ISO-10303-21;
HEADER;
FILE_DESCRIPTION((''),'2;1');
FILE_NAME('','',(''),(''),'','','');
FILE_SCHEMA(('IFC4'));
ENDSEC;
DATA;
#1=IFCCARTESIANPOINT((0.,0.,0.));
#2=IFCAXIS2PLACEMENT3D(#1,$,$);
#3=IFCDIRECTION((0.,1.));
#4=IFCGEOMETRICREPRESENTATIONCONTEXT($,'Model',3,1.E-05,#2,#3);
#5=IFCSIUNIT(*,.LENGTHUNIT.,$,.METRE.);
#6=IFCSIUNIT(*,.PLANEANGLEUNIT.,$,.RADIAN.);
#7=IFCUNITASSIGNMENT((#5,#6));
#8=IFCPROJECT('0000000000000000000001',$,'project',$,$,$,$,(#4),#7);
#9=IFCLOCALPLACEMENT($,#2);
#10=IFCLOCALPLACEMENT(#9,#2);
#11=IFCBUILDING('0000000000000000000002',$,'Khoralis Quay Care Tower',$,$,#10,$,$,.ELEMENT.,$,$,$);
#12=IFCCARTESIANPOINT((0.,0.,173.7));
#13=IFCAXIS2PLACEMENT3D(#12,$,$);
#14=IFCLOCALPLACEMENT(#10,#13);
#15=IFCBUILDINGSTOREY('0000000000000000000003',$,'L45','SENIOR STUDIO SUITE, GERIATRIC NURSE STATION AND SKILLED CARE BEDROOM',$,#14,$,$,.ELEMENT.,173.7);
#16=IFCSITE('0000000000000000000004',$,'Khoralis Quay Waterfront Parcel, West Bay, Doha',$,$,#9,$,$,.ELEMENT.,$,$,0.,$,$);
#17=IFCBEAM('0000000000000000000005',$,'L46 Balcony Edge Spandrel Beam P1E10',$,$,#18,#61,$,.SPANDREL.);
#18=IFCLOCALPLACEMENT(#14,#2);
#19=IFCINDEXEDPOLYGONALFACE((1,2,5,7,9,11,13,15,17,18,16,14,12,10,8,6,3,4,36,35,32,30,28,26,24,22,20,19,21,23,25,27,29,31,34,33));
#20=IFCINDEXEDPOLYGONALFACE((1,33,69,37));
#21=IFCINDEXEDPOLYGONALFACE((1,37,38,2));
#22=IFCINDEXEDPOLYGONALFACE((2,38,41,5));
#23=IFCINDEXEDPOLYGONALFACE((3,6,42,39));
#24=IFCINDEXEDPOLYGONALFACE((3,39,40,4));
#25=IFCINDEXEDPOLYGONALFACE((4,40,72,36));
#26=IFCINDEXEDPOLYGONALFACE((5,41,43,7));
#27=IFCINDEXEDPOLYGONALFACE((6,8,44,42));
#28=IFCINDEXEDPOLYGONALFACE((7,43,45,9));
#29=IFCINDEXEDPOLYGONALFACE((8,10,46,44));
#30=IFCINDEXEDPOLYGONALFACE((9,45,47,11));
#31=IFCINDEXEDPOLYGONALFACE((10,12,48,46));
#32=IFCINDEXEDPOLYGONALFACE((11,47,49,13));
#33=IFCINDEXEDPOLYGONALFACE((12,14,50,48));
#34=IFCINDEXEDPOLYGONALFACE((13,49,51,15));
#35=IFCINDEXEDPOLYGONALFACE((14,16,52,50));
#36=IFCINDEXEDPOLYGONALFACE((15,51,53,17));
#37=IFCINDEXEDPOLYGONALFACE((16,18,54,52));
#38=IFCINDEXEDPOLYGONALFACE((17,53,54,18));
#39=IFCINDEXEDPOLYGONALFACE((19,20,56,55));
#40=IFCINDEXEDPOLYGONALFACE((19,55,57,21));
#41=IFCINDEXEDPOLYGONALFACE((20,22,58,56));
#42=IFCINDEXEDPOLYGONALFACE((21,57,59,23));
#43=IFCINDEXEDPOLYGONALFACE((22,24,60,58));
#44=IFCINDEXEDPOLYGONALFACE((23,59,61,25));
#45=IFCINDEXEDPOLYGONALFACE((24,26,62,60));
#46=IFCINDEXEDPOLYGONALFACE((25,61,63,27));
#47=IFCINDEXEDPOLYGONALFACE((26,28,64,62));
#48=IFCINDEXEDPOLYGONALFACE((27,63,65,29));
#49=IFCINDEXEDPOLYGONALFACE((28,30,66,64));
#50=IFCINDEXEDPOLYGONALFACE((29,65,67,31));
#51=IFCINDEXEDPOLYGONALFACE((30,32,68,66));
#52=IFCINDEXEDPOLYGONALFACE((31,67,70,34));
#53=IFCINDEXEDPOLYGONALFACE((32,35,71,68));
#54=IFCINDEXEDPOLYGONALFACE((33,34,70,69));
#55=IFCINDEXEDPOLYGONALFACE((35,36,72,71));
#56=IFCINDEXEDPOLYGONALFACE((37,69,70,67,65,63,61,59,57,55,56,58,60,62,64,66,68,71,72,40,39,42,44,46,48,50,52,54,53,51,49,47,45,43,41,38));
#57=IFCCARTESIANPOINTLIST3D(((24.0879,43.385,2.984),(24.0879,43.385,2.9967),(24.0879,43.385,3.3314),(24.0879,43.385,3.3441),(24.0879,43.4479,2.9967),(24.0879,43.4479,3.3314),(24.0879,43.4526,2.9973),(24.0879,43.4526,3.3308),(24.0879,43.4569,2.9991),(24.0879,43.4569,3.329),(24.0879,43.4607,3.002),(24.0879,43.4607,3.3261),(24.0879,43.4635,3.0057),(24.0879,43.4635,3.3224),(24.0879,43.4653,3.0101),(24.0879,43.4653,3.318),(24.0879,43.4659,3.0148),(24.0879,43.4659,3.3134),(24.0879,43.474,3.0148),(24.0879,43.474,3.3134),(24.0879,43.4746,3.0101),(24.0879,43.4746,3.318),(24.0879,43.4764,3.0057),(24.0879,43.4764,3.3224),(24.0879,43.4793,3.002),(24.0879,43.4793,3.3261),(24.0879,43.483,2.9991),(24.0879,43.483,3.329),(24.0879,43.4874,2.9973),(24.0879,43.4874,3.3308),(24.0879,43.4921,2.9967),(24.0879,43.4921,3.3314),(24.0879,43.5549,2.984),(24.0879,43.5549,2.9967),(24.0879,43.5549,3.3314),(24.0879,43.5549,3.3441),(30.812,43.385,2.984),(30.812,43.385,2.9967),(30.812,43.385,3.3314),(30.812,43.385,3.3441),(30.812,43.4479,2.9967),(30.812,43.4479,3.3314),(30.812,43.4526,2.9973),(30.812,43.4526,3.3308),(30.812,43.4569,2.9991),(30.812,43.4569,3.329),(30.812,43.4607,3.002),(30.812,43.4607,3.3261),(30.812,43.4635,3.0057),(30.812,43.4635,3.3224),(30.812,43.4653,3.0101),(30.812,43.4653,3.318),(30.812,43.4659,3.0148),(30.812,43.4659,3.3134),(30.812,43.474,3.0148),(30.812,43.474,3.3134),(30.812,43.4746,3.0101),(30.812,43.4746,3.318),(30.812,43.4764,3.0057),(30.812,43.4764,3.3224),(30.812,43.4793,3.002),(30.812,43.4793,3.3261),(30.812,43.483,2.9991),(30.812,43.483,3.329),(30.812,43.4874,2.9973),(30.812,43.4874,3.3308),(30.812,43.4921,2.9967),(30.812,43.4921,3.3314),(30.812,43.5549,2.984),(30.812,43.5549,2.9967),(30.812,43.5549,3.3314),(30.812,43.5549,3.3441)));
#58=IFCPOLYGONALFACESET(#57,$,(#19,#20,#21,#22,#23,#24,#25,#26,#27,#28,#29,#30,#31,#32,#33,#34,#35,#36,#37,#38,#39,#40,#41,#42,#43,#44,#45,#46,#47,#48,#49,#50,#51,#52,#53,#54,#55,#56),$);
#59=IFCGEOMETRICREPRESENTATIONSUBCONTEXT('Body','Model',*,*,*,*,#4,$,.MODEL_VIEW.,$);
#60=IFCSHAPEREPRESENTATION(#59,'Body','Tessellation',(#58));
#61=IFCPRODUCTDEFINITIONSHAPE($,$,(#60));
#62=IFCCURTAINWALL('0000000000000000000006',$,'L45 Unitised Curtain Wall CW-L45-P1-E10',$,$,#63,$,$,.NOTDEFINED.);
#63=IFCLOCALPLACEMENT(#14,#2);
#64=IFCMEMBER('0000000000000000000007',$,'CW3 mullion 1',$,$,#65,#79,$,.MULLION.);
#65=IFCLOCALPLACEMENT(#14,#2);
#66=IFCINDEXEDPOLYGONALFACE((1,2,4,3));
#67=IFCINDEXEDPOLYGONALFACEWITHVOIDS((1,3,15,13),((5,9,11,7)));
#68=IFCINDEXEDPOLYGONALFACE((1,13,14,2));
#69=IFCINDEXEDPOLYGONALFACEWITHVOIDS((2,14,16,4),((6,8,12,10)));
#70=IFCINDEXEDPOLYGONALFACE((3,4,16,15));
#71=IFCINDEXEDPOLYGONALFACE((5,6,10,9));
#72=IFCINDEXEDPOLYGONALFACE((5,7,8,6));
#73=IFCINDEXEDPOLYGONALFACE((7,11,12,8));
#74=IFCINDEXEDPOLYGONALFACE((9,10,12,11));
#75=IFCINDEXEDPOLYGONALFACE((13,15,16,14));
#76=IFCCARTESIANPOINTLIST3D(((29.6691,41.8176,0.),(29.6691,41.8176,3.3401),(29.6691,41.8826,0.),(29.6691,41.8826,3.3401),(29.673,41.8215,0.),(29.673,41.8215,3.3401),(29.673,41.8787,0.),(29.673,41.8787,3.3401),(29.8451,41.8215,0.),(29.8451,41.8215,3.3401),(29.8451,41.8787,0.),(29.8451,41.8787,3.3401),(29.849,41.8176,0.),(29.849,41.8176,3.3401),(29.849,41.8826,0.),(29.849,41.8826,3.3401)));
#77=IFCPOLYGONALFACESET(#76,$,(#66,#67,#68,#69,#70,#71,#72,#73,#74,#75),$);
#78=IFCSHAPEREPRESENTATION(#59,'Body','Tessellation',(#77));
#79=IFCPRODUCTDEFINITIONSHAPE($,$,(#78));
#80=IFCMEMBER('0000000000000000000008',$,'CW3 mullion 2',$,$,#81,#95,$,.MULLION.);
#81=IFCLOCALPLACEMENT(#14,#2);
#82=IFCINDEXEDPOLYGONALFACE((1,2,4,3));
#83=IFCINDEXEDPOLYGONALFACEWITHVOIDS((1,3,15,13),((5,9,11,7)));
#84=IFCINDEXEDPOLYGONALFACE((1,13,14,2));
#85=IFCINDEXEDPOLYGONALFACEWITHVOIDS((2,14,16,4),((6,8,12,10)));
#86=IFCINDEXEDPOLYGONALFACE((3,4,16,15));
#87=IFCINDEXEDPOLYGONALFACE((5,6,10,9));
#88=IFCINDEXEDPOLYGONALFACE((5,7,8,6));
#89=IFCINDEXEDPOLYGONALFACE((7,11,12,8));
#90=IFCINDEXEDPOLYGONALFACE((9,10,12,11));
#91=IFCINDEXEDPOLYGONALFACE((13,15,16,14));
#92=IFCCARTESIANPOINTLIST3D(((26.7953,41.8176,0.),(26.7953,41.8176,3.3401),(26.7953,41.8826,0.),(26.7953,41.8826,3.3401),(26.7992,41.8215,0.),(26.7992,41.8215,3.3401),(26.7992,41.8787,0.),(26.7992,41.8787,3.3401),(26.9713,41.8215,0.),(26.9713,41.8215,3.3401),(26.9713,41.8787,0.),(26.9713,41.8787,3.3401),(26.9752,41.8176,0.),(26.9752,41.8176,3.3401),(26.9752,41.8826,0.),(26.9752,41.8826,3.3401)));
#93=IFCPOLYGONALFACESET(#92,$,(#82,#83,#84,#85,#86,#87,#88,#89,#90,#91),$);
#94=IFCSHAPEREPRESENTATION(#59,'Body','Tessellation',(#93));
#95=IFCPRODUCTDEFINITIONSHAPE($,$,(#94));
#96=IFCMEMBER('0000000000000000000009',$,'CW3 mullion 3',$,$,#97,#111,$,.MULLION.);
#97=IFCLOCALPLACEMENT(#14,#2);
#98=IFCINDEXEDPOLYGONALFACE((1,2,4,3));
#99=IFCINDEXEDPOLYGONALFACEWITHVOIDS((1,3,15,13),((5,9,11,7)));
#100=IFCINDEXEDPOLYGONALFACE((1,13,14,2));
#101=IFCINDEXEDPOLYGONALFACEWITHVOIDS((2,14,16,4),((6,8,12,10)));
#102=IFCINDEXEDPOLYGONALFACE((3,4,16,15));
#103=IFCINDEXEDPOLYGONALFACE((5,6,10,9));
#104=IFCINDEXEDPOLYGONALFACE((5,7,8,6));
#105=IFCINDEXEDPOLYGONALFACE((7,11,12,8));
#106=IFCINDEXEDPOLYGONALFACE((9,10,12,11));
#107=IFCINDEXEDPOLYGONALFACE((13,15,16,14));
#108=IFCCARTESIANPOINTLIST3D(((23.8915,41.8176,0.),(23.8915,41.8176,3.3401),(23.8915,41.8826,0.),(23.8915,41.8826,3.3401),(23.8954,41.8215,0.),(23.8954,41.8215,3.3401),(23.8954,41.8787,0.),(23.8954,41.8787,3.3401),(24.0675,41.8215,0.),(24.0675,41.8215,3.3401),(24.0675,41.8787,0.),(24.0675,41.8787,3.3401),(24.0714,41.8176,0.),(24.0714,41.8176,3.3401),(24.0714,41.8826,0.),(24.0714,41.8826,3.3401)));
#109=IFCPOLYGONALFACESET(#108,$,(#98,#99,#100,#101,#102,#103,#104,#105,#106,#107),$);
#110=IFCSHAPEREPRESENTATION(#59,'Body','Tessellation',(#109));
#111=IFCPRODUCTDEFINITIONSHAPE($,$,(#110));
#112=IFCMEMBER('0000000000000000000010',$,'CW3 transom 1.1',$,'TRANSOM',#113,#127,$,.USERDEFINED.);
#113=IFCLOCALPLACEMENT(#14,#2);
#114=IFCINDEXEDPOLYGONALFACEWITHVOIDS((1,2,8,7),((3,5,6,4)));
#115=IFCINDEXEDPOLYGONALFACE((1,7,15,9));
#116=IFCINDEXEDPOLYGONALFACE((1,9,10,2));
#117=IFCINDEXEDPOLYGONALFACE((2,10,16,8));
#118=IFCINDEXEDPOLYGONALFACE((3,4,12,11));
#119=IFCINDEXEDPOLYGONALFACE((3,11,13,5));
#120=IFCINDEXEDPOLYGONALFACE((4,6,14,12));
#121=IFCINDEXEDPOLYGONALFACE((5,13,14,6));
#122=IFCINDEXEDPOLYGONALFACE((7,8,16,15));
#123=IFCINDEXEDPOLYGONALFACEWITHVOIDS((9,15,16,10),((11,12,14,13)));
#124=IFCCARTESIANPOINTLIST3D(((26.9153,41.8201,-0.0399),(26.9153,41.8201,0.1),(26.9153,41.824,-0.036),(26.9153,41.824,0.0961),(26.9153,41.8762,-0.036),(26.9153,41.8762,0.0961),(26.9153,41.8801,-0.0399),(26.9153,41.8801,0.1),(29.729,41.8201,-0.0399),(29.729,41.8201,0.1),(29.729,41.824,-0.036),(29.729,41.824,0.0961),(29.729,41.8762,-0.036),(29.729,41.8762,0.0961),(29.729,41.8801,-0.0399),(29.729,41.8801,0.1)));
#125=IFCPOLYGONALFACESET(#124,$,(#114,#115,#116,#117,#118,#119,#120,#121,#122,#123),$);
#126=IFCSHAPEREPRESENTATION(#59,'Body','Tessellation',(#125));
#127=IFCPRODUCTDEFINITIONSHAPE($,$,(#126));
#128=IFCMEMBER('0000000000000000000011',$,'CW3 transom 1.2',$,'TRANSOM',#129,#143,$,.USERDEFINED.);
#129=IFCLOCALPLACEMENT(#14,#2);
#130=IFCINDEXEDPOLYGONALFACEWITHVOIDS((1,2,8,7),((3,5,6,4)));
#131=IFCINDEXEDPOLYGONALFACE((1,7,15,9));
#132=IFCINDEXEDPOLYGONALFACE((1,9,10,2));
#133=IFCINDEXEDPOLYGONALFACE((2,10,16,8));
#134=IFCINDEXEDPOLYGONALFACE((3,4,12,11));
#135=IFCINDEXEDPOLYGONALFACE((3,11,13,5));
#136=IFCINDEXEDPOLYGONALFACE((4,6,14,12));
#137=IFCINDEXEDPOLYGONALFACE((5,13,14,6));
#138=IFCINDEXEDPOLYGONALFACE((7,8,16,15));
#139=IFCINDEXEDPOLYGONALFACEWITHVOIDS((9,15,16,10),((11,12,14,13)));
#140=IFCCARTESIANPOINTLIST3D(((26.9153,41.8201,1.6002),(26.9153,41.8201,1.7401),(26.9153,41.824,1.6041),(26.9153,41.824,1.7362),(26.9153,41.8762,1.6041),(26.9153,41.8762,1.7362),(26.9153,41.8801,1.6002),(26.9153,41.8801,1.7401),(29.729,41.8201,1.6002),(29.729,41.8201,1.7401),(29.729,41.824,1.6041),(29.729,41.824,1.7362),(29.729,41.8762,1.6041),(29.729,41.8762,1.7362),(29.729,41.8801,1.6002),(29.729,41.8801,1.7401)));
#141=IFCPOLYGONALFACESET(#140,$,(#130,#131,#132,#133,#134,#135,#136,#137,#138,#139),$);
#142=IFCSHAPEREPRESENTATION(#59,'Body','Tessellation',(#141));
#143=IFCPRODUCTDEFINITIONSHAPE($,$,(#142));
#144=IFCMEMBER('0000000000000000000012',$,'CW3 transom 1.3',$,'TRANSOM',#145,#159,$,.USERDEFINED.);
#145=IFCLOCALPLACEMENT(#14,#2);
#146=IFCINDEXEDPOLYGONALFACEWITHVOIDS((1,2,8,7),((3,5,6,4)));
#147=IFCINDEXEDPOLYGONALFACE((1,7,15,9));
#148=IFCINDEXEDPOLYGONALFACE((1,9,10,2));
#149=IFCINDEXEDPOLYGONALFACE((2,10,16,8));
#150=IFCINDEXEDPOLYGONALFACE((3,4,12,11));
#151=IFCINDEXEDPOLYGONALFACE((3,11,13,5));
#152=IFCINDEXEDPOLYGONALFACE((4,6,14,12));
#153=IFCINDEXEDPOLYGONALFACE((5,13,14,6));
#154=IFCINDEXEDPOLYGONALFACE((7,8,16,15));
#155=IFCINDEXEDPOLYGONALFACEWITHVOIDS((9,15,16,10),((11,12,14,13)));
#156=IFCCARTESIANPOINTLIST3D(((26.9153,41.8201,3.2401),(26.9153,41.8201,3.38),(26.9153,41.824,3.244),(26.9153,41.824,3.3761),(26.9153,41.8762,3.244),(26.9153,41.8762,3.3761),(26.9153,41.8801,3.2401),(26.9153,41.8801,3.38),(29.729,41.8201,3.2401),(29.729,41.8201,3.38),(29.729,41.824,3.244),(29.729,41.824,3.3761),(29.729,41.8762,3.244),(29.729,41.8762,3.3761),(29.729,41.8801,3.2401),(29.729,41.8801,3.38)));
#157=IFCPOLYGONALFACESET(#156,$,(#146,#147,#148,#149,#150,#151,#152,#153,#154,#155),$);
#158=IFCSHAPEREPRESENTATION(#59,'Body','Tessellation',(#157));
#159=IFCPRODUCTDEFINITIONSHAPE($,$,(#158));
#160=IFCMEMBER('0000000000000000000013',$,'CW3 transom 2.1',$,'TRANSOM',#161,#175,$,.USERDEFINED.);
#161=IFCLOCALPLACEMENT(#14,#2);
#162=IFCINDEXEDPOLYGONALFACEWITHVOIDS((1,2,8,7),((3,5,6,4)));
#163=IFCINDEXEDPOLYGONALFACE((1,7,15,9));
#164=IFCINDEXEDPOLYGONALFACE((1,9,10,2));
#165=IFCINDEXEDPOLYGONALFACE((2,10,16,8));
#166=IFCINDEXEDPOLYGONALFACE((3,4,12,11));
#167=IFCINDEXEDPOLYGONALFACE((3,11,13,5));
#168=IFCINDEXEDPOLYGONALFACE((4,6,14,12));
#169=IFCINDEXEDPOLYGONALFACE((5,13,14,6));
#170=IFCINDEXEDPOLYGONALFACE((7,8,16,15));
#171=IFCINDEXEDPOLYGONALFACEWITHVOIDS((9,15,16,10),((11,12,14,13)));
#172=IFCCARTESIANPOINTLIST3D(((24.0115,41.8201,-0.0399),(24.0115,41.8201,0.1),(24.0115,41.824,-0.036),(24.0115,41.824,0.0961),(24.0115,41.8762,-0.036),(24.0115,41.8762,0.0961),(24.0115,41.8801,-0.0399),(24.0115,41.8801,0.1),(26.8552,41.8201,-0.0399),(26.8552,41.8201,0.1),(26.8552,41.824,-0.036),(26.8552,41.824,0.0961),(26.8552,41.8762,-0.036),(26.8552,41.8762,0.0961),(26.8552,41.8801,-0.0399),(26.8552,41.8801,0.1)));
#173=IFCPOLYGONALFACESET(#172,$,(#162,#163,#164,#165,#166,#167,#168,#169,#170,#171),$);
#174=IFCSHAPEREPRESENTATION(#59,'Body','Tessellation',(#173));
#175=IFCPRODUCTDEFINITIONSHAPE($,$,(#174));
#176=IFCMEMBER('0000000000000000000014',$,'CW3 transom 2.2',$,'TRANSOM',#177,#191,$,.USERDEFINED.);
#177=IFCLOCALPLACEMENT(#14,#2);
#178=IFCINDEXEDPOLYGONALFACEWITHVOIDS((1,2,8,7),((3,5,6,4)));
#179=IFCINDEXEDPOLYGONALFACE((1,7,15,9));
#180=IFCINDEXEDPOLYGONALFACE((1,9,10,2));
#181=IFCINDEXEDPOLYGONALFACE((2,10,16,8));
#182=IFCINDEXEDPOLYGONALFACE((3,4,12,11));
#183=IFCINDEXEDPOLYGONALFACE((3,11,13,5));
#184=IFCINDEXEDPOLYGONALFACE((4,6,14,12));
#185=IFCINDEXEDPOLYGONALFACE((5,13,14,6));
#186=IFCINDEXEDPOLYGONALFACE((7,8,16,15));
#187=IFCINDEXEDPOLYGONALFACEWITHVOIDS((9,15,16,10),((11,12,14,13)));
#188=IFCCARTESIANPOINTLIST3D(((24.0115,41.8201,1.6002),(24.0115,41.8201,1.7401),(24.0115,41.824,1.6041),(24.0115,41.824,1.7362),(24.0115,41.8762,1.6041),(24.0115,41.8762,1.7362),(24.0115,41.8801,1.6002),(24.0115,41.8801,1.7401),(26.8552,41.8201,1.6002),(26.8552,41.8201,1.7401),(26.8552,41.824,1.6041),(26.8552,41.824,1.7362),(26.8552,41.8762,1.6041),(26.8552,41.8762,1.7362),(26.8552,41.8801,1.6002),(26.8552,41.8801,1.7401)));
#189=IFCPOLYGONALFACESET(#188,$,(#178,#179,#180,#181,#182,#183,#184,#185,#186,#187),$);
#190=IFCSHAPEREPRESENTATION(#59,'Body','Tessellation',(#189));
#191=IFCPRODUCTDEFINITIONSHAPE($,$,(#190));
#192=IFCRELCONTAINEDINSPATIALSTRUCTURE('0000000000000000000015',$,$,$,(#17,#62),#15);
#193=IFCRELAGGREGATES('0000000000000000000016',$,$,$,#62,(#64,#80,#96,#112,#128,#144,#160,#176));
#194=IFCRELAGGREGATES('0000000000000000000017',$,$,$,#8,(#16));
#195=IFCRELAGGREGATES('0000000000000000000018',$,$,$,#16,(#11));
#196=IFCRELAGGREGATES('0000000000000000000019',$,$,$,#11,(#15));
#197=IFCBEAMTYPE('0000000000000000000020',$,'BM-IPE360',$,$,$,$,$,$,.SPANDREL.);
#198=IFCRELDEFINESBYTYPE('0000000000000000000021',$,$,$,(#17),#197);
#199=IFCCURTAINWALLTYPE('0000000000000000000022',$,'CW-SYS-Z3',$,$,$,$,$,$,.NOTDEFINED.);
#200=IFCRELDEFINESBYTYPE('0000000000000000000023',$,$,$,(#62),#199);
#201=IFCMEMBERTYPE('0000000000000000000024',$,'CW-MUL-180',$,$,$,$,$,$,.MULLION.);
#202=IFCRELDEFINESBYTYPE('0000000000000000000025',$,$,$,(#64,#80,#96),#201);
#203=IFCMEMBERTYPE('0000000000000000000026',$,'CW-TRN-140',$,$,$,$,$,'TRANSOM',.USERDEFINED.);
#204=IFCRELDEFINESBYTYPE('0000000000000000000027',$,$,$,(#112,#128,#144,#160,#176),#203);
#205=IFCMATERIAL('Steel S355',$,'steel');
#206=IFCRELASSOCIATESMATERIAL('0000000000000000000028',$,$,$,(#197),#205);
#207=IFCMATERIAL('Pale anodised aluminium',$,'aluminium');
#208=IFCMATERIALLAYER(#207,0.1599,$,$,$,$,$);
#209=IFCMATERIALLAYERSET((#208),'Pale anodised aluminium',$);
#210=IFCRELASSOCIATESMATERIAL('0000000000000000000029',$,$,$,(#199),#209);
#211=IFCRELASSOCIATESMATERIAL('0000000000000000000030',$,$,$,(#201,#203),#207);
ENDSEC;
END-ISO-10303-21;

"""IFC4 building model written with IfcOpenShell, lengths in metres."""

from ifc_helpers import new_model, si_unit, direction, frame, origin, origin_2d, place, context, subcontext, project, spatial, hollow_rectangle, i_section, extrude, source, transform, mapped, material, layer, layer_set, material_profile, profile_set, type_object, element, aggregate, save


model = new_model("IFC4")

# Units and contexts
model_context = context("Model", 3, precision=1e-05, world=origin(), true_north=direction((0.0, 1.0)))
body_context = subcontext(model_context, "Body", "Model", "MODEL_VIEW")
ifc_project = project(units=[si_unit("LENGTHUNIT", "METRE"), si_unit("PLANEANGLEUNIT", "RADIAN")], contexts=[model_context])

# Site, building, storey
site_placement = place(None, origin())
site = spatial("IfcSite", under=ifc_project, at=site_placement, Name="Khoralis Quay Waterfront Parcel, West Bay, Doha", CompositionType="ELEMENT", RefElevation=0.0)
building_placement = place(site_placement, origin())
building = spatial("IfcBuilding", under=site, at=building_placement, Name="Khoralis Quay Care Tower", CompositionType="ELEMENT")
storey_placement = place(building_placement, frame((0.0, 0.0, 173.7)))
storey = spatial("IfcBuildingStorey", under=building, at=storey_placement, Name="L45", Description="SENIOR STUDIO SUITE, GERIATRIC NURSE STATION AND SKILLED CARE BEDROOM", CompositionType="ELEMENT", Elevation=173.7)

# Beam
ifc_material_1 = material(Name="Steel S355", Category="steel")
ifc_material_profile_1 = material_profile(ifc_material_1, i_section(OverallWidth=0.1699, OverallDepth=0.3601, WebThickness=0.0081, FlangeThickness=0.0127, FilletRadius=0.0181, at=origin_2d()), Name="Steel S355")
ifc_profile_set_1 = profile_set([ifc_material_profile_1], Name="Steel S355")
beam_type = type_object("IfcBeamType", Name="BM-IPE360", PredefinedType="SPANDREL", material=ifc_profile_set_1)
shared_shape_1 = source(origin(), body_context, "Body", "SweptSolid", [
    extrude(i_section(OverallWidth=0.1699, OverallDepth=0.3601, WebThickness=0.0081, FlangeThickness=0.0127, FilletRadius=0.0181, at=origin_2d()), origin(), (0.0, 0.0, 1.0), 6.7241),
])
beam_placement = place(storey_placement, frame((24.0879, 43.47, 3.1641), z_axis=(1.0, 0.0, 0.0), x_axis=(0.0, 1.0, 0.0)))
element("IfcBeam", 1, at=beam_placement, inside=storey, type_object=beam_type, Name="L46 Balcony Edge Spandrel Beam P1E10", PredefinedType="SPANDREL", context=body_context, shape_type="MappedRepresentation", body=[
    mapped(shared_shape_1, transform((0.0, 0.0, 0.0), scale=1.0)),
])

# Curtain wall, members
ifc_material_2 = material(Name="Pale anodised aluminium", Category="aluminium")
ifc_layer_1 = layer(ifc_material_2, 0.1599)
ifc_layer_set_1 = layer_set([ifc_layer_1], Name="Pale anodised aluminium")
curtain_wall_type = type_object("IfcCurtainWallType", Name="CW-SYS-Z3", PredefinedType="NOTDEFINED", material=ifc_layer_set_1)
curtain_wall_placement = place(storey_placement, origin())
curtain_wall = element("IfcCurtainWall", 2, at=curtain_wall_placement, inside=storey, type_object=curtain_wall_type, Name="L45 Unitised Curtain Wall CW-L45-P1-E10", PredefinedType="NOTDEFINED")
ifc_material_profile_2 = material_profile(ifc_material_2, hollow_rectangle(XDim=0.0649, YDim=0.1799, WallThickness=0.0039, at=origin_2d()), Name="Pale anodised aluminium")
ifc_profile_set_2 = profile_set([ifc_material_profile_2], Name="Pale anodised aluminium")
member_type_1 = type_object("IfcMemberType", Name="CW-MUL-180", PredefinedType="MULLION", material=ifc_profile_set_2)
shared_shape_2 = source(origin(), body_context, "Body", "SweptSolid", [
    extrude(hollow_rectangle(XDim=0.0649, YDim=0.1799, WallThickness=0.0039, at=origin_2d()), origin(), (0.0, 0.0, 1.0), 3.3401),
])
member_1_placement = place(storey_placement, frame((29.759, 41.8501, 0.0), z_axis=(0.0, 0.0, 1.0), x_axis=(0.0, -1.0, 0.0)))
member_1 = element("IfcMember", 3, at=member_1_placement, type_object=member_type_1, Name="CW3 mullion 1", PredefinedType="MULLION", context=body_context, shape_type="MappedRepresentation", body=[
    mapped(shared_shape_2, transform((0.0, 0.0, 0.0), scale=1.0)),
])
member_2_placement = place(storey_placement, frame((26.8853, 41.8501, 0.0), z_axis=(0.0, 0.0, 1.0), x_axis=(0.0, -1.0, 0.0)))
member_2 = element("IfcMember", 4, at=member_2_placement, type_object=member_type_1, Name="CW3 mullion 2", PredefinedType="MULLION", context=body_context, shape_type="MappedRepresentation", body=[
    mapped(shared_shape_2, transform((0.0, 0.0, 0.0), scale=1.0)),
])
member_3_placement = place(storey_placement, frame((23.9814, 41.8501, 0.0), z_axis=(0.0, 0.0, 1.0), x_axis=(0.0, -1.0, 0.0)))
member_3 = element("IfcMember", 5, at=member_3_placement, type_object=member_type_1, Name="CW3 mullion 3", PredefinedType="MULLION", context=body_context, shape_type="MappedRepresentation", body=[
    mapped(shared_shape_2, transform((0.0, 0.0, 0.0), scale=1.0)),
])
ifc_material_profile_3 = material_profile(ifc_material_2, hollow_rectangle(XDim=0.0601, YDim=0.1399, WallThickness=0.0039, at=origin_2d()), Name="Pale anodised aluminium")
ifc_profile_set_3 = profile_set([ifc_material_profile_3], Name="Pale anodised aluminium")
member_type_2 = type_object("IfcMemberType", Name="CW-TRN-140", ElementType="TRANSOM", PredefinedType="USERDEFINED", material=ifc_profile_set_3)
shared_shape_3 = source(origin(), body_context, "Body", "SweptSolid", [
    extrude(hollow_rectangle(XDim=0.0601, YDim=0.1399, WallThickness=0.0039, at=origin_2d()), origin(), (0.0, 0.0, 1.0), 2.8137),
])
member_4_placement = place(storey_placement, frame((29.729, 41.8501, 0.03), z_axis=(-1.0, 0.0, 0.0), x_axis=(0.0, -1.0, 0.0)))
member_4 = element("IfcMember", 6, at=member_4_placement, type_object=member_type_2, Name="CW3 transom 1.1", ObjectType="TRANSOM", PredefinedType="USERDEFINED", context=body_context, shape_type="MappedRepresentation", body=[
    mapped(shared_shape_3, transform((0.0, 0.0, 0.0), scale=1.0)),
])
member_5_placement = place(storey_placement, frame((29.729, 41.8501, 1.6702), z_axis=(-1.0, 0.0, 0.0), x_axis=(0.0, -1.0, 0.0)))
member_5 = element("IfcMember", 7, at=member_5_placement, type_object=member_type_2, Name="CW3 transom 1.2", ObjectType="TRANSOM", PredefinedType="USERDEFINED", context=body_context, shape_type="MappedRepresentation", body=[
    mapped(shared_shape_3, transform((0.0, 0.0, 0.0), scale=1.0)),
])
member_6_placement = place(storey_placement, frame((29.729, 41.8501, 3.3101), z_axis=(-1.0, 0.0, 0.0), x_axis=(0.0, -1.0, 0.0)))
member_6 = element("IfcMember", 8, at=member_6_placement, type_object=member_type_2, Name="CW3 transom 1.3", ObjectType="TRANSOM", PredefinedType="USERDEFINED", context=body_context, shape_type="MappedRepresentation", body=[
    mapped(shared_shape_3, transform((0.0, 0.0, 0.0), scale=1.0)),
])
shared_shape_4 = source(origin(), body_context, "Body", "SweptSolid", [
    extrude(hollow_rectangle(XDim=0.0601, YDim=0.1399, WallThickness=0.0039, at=origin_2d()), origin(), (0.0, 0.0, 1.0), 2.8438),
])
member_7_placement = place(storey_placement, frame((26.8552, 41.8501, 0.03), z_axis=(-1.0, 0.0, 0.0), x_axis=(0.0, -1.0, 0.0)))
member_7 = element("IfcMember", 9, at=member_7_placement, type_object=member_type_2, Name="CW3 transom 2.1", ObjectType="TRANSOM", PredefinedType="USERDEFINED", context=body_context, shape_type="MappedRepresentation", body=[
    mapped(shared_shape_4, transform((0.0, 0.0, 0.0), scale=1.0)),
])
member_8_placement = place(storey_placement, frame((26.8552, 41.8501, 1.6702), z_axis=(-1.0, 0.0, 0.0), x_axis=(0.0, -1.0, 0.0)))
member_8 = element("IfcMember", 10, at=member_8_placement, type_object=member_type_2, Name="CW3 transom 2.2", ObjectType="TRANSOM", PredefinedType="USERDEFINED", context=body_context, shape_type="MappedRepresentation", body=[
    mapped(shared_shape_4, transform((0.0, 0.0, 0.0), scale=1.0)),
])
aggregate(curtain_wall, [member_1, member_2, member_3, member_4, member_5, member_6, member_7, member_8])

save(model, "model.ifc")
